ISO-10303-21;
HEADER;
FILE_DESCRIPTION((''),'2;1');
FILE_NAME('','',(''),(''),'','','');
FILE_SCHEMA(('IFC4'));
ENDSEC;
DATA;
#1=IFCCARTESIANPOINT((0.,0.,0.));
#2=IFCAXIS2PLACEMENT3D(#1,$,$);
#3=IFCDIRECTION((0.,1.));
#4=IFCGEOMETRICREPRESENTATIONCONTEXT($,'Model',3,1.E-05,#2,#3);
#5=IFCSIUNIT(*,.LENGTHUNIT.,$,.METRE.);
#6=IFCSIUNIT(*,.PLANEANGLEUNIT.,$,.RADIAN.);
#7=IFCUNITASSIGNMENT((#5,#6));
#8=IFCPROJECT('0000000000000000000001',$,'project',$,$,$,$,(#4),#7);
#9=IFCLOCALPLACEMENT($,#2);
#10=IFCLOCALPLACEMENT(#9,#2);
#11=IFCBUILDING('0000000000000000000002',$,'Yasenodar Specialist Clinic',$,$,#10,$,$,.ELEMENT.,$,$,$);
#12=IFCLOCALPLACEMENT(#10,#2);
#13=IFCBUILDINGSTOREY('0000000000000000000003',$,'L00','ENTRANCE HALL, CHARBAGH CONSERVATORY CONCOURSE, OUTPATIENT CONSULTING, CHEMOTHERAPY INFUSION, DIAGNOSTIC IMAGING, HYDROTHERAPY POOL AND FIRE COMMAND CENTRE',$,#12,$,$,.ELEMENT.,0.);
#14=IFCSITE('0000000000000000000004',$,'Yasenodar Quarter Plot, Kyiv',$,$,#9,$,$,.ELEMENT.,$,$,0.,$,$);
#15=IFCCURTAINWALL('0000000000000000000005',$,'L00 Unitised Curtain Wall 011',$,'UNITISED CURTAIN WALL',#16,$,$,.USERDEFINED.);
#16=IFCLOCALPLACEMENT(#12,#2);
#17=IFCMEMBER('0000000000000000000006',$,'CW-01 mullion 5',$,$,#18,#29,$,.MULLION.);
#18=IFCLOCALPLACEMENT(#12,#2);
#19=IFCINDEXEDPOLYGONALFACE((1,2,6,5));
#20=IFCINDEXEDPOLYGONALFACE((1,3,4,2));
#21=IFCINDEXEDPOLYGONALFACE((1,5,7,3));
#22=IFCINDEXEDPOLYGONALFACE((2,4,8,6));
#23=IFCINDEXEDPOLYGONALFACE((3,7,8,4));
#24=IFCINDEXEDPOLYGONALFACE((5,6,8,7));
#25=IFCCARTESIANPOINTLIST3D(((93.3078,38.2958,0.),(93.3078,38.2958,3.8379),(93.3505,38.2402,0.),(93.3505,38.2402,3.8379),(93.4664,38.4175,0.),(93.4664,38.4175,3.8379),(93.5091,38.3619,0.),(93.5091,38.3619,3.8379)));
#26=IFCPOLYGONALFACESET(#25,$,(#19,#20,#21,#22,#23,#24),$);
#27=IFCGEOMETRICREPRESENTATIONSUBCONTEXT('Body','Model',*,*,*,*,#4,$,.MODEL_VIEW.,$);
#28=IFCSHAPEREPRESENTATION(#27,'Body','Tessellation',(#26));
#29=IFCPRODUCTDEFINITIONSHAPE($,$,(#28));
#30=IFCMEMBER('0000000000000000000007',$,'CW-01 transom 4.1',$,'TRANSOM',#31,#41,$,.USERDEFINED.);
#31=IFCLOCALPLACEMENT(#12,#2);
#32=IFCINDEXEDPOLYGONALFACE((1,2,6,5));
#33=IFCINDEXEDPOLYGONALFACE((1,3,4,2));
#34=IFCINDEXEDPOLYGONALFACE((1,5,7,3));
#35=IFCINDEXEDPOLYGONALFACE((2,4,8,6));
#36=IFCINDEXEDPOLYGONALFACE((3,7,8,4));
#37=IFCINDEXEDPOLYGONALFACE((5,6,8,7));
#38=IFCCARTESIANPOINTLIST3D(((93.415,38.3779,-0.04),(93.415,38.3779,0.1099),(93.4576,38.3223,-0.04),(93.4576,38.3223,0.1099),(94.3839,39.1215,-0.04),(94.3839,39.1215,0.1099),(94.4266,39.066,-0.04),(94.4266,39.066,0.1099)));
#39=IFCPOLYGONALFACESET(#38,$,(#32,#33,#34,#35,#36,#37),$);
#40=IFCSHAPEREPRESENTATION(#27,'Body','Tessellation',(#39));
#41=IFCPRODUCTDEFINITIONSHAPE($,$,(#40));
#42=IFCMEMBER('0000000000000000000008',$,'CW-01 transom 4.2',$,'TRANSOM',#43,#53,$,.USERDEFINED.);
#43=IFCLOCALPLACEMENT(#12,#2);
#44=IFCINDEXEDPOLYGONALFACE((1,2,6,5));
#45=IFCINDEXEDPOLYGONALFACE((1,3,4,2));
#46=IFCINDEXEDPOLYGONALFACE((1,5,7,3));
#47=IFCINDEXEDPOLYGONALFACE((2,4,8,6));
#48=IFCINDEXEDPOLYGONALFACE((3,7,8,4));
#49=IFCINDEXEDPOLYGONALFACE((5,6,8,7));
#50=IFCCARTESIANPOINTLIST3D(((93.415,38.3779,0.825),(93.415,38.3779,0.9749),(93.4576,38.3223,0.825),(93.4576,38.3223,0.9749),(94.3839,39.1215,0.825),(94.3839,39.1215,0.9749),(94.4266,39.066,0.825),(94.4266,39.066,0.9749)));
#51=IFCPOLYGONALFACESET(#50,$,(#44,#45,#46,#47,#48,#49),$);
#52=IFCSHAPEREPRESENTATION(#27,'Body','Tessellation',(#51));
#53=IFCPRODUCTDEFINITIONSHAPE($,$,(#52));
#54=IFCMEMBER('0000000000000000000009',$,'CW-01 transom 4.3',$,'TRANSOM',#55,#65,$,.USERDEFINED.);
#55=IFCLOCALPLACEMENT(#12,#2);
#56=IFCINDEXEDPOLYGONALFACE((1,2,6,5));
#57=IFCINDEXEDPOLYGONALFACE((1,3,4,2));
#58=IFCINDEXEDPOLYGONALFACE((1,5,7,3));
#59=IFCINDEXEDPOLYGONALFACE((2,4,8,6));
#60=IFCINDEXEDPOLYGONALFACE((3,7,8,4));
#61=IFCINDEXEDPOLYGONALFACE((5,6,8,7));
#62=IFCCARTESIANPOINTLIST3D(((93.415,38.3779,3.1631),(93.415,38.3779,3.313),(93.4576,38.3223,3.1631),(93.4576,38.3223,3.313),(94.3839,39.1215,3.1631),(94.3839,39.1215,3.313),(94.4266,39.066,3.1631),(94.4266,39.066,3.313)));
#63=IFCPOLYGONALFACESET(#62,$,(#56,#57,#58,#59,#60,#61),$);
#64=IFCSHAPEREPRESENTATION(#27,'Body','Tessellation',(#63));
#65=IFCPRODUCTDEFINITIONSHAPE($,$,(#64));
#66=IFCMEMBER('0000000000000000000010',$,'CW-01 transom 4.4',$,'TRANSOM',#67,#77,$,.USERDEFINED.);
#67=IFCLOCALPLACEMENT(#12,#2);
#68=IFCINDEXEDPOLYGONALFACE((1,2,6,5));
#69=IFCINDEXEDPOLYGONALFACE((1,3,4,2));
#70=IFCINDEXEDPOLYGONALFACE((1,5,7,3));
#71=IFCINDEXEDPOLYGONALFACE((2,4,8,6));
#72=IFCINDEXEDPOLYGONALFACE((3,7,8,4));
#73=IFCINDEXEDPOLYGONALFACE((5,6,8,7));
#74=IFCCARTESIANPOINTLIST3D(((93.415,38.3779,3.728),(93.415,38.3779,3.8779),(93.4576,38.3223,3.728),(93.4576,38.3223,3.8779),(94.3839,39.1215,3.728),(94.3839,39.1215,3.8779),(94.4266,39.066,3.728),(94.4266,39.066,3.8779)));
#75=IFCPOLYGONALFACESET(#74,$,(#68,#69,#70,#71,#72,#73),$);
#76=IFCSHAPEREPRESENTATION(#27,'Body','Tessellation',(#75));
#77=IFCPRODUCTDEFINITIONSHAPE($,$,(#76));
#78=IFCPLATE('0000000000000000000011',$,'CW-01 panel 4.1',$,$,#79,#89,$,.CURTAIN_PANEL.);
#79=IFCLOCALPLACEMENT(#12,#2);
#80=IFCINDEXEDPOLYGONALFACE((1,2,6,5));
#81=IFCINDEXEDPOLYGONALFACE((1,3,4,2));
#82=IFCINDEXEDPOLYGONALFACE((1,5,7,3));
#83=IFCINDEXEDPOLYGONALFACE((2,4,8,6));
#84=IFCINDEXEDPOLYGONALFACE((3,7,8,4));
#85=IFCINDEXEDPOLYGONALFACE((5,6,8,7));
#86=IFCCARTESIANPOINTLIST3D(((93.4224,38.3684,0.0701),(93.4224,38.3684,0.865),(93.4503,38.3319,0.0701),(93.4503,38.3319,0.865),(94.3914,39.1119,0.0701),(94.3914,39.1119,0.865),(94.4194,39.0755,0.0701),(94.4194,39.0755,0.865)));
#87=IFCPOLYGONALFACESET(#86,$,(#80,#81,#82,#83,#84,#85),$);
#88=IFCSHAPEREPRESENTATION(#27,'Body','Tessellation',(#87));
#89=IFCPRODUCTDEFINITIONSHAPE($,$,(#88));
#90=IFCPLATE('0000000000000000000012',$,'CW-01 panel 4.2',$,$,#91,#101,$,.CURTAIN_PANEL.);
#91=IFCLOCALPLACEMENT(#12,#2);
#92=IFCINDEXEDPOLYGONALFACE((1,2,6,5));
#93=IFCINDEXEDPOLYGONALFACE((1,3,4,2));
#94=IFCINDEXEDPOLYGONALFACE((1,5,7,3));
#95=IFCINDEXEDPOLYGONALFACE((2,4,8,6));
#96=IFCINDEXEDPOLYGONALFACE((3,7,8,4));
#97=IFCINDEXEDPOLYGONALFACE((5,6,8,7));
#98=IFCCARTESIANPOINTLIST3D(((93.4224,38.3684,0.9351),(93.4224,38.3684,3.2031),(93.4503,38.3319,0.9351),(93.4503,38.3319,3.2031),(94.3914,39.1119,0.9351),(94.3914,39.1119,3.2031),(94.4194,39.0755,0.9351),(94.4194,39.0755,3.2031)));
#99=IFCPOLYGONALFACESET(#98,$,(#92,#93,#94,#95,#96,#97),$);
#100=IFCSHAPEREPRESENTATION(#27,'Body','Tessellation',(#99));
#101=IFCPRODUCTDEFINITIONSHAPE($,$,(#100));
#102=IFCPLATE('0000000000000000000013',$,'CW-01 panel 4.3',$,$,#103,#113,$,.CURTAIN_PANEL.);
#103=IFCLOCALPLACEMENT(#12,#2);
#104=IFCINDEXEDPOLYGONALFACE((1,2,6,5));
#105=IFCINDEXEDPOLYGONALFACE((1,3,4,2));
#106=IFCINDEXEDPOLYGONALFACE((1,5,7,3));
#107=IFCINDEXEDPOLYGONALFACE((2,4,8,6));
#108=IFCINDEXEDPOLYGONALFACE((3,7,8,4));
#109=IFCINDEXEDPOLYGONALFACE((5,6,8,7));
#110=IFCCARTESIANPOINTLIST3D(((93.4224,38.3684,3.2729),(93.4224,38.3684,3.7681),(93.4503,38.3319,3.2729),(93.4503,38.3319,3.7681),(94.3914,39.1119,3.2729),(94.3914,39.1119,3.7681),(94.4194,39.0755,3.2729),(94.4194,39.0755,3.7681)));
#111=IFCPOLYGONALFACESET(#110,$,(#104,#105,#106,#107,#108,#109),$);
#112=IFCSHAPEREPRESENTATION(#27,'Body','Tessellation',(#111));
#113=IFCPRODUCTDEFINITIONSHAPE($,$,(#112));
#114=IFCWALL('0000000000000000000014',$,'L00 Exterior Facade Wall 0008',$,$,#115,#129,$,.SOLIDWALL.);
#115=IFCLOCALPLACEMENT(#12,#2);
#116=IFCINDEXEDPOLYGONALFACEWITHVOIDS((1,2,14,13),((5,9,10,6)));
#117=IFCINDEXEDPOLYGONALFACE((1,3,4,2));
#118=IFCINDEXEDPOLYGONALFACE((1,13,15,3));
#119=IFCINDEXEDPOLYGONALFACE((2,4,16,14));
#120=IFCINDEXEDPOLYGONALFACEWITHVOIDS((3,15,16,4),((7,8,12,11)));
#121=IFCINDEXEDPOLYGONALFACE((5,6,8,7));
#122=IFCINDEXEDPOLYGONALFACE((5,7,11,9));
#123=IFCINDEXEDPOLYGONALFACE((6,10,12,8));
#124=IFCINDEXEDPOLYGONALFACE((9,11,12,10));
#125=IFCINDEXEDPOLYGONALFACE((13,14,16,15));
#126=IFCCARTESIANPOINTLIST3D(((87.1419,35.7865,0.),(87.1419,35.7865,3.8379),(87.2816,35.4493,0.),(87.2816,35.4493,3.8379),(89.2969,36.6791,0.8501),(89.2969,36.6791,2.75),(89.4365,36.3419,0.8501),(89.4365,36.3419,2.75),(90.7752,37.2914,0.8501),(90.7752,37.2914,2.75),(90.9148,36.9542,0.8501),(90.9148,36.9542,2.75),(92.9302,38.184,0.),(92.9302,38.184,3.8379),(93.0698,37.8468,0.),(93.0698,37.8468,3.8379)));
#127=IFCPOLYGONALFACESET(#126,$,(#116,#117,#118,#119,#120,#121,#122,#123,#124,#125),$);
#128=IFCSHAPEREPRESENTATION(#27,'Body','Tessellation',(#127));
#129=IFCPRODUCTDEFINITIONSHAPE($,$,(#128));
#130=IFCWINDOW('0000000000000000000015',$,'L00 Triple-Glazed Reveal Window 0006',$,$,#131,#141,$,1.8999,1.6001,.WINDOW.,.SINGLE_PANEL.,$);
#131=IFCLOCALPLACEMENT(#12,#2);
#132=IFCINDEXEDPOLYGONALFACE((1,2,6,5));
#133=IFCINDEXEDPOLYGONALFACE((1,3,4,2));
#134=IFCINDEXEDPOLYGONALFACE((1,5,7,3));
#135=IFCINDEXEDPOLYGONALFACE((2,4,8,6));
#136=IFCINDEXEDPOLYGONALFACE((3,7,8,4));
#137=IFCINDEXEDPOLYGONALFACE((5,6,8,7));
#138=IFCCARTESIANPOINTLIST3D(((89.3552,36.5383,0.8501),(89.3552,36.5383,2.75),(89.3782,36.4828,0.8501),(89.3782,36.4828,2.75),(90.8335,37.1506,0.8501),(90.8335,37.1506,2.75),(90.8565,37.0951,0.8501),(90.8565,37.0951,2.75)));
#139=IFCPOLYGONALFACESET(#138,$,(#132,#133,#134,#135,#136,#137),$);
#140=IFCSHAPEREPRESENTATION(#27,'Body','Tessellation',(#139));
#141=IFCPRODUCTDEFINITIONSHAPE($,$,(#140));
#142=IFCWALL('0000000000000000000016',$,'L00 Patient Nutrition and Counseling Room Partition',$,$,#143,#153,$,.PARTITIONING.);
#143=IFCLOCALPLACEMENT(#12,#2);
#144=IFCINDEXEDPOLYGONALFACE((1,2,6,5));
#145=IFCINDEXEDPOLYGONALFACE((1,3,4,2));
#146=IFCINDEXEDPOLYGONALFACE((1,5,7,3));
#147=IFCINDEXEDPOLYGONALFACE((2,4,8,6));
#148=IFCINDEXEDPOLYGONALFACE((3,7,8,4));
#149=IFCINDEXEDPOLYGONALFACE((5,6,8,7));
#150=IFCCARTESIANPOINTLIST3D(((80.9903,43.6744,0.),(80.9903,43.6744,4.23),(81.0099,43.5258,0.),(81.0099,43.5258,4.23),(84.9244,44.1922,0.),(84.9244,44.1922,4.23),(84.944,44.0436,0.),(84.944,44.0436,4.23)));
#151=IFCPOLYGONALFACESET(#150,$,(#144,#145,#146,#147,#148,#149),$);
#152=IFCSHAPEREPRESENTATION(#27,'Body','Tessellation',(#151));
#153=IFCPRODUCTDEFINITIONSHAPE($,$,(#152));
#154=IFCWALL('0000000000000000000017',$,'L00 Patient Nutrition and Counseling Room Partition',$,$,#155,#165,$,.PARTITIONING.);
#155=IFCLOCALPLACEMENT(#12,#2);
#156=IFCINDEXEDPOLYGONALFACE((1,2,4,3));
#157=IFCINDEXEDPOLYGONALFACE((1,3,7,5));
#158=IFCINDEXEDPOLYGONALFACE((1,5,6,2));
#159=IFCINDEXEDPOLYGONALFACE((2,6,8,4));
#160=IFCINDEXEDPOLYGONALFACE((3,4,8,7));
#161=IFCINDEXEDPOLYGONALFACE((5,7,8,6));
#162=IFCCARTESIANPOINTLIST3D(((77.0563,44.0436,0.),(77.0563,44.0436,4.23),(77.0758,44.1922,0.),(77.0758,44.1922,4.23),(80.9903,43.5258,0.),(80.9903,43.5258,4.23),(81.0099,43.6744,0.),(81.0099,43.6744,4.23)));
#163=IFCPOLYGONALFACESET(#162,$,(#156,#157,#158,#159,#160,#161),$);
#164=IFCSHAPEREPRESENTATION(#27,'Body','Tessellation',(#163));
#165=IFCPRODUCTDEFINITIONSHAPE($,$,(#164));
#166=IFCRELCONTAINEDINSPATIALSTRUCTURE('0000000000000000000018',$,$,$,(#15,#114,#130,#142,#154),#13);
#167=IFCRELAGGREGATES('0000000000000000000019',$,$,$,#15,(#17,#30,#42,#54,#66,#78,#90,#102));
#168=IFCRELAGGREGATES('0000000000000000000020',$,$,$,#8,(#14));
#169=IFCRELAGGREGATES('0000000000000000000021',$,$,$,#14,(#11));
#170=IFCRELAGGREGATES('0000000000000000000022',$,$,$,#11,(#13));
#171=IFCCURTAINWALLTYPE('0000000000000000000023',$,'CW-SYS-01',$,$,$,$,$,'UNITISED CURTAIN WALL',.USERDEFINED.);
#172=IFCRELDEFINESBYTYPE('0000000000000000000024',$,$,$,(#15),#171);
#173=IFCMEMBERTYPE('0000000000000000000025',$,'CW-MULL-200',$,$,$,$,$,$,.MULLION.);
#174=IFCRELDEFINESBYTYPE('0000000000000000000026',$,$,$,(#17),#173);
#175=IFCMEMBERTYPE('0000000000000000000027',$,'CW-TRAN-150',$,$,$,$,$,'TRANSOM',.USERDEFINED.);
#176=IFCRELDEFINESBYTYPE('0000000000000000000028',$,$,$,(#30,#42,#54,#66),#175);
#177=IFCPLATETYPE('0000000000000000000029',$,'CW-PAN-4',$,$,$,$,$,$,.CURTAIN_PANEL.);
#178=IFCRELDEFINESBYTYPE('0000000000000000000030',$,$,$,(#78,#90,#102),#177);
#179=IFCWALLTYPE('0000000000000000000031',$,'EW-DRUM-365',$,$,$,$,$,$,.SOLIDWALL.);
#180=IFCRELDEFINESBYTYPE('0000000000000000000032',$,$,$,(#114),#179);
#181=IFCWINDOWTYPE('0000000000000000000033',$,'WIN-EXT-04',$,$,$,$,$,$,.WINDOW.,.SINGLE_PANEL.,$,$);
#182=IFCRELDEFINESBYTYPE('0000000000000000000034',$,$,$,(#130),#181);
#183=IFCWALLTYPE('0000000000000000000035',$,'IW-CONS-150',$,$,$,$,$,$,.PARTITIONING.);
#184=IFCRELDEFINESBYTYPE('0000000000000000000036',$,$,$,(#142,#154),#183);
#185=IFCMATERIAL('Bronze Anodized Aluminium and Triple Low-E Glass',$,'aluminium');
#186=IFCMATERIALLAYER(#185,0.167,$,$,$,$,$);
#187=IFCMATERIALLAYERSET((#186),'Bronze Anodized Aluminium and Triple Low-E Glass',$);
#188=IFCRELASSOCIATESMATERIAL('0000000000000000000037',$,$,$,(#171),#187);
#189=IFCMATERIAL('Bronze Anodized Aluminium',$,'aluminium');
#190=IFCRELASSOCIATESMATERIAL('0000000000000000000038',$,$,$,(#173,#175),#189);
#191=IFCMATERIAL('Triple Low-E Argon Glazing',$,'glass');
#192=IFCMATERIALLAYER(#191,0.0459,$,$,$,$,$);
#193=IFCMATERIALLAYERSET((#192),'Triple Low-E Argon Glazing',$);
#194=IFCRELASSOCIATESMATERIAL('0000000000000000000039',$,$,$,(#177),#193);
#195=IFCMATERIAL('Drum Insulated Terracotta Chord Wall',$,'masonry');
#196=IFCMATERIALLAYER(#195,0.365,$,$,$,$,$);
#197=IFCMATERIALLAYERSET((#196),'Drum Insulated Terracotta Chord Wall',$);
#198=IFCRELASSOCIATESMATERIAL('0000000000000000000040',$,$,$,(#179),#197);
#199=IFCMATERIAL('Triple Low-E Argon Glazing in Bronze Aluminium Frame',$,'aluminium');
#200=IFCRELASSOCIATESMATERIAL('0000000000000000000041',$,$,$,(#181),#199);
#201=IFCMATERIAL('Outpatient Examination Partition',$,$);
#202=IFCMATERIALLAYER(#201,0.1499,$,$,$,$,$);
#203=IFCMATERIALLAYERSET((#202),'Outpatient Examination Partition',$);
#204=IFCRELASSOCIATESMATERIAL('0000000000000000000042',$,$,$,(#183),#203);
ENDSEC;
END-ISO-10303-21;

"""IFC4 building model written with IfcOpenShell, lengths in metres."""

from ifc_helpers import new_model, si_unit, direction, frame, frame_2d, origin, origin_2d, place, context, subcontext, project, spatial, rectangle, extrude, material, layer, layer_set, material_profile, profile_set, type_object, element, fill, aggregate, save


model = new_model("IFC4")

# Units and contexts
model_context = context("Model", 3, precision=1e-05, world=origin(), true_north=direction((0.0, 1.0)))
body_context = subcontext(model_context, "Body", "Model", "MODEL_VIEW")
ifc_project = project(units=[si_unit("LENGTHUNIT", "METRE"), si_unit("PLANEANGLEUNIT", "RADIAN")], contexts=[model_context])

# Site, building, storey
site_placement = place(None, origin())
site = spatial("IfcSite", under=ifc_project, at=site_placement, Name="Yasenodar Quarter Plot, Kyiv", CompositionType="ELEMENT", RefElevation=0.0)
building_placement = place(site_placement, origin())
building = spatial("IfcBuilding", under=site, at=building_placement, Name="Yasenodar Specialist Clinic", CompositionType="ELEMENT")
storey_placement = place(building_placement, origin())
storey = spatial("IfcBuildingStorey", under=building, at=storey_placement, Name="L00", Description="ENTRANCE HALL, CHARBAGH CONSERVATORY CONCOURSE, OUTPATIENT CONSULTING, CHEMOTHERAPY INFUSION, DIAGNOSTIC IMAGING, HYDROTHERAPY POOL AND FIRE COMMAND CENTRE", CompositionType="ELEMENT", Elevation=0.0)

# Curtain wall, members, plates
ifc_material_1 = material(Name="Bronze Anodized Aluminium and Triple Low-E Glass", Category="aluminium")
ifc_layer_1 = layer(ifc_material_1, 0.167)
ifc_layer_set_1 = layer_set([ifc_layer_1], Name="Bronze Anodized Aluminium and Triple Low-E Glass")
curtain_wall_type = type_object("IfcCurtainWallType", Name="CW-SYS-01", ElementType="UNITISED CURTAIN WALL", PredefinedType="USERDEFINED", material=ifc_layer_set_1)
curtain_wall_placement = place(storey_placement, origin())
curtain_wall = element("IfcCurtainWall", 1, at=curtain_wall_placement, inside=storey, type_object=curtain_wall_type, Name="L00 Unitised Curtain Wall 011", ObjectType="UNITISED CURTAIN WALL", PredefinedType="USERDEFINED")
ifc_material_2 = material(Name="Bronze Anodized Aluminium", Category="aluminium")
ifc_material_profile_1 = material_profile(ifc_material_2, rectangle(XDim=0.0701, YDim=0.2, at=origin_2d()), Name="CW-MULL 70x200")
ifc_profile_set_1 = profile_set([ifc_material_profile_1], Name="Bronze Anodized Aluminium")
member_type_1 = type_object("IfcMemberType", Name="CW-MULL-200", PredefinedType="MULLION", material=ifc_profile_set_1)
member_1_placement = place(storey_placement, frame((93.4084, 38.3289, 0.0), z_axis=(0.0, 0.0, 1.0), x_axis=(0.608752, -0.793361, 0.0)))
member_1 = element("IfcMember", 2, at=member_1_placement, type_object=member_type_1, Name="CW-01 mullion 5", PredefinedType="MULLION", context=body_context, shape_type="SweptSolid", body=[
    extrude(rectangle(XDim=0.0701, YDim=0.2, at=origin_2d()), origin(), (0.0, 0.0, 1.0), 3.8379),
])
ifc_material_profile_2 = material_profile(ifc_material_2, rectangle(XDim=0.0701, YDim=0.1499, at=origin_2d()), Name="CW-TRAN 70x150")
ifc_profile_set_2 = profile_set([ifc_material_profile_2], Name="Bronze Anodized Aluminium")
member_type_2 = type_object("IfcMemberType", Name="CW-TRAN-150", ElementType="TRANSOM", PredefinedType="USERDEFINED", material=ifc_profile_set_2)
member_2_placement = place(storey_placement, frame((94.4053, 39.0938, 0.0349), z_axis=(-0.793307, -0.608822, 0.0), x_axis=(0.608822, -0.793307, 0.0)))
member_2 = element("IfcMember", 3, at=member_2_placement, type_object=member_type_2, Name="CW-01 transom 4.1", ObjectType="TRANSOM", PredefinedType="USERDEFINED", context=body_context, shape_type="SweptSolid", body=[
    extrude(rectangle(XDim=0.0701, YDim=0.1499, at=origin_2d()), origin(), (0.0, 0.0, 1.0), 1.2214),
])
member_3_placement = place(storey_placement, frame((94.4053, 39.0938, 0.8999), z_axis=(-0.793307, -0.608822, 0.0), x_axis=(0.608822, -0.793307, 0.0)))
member_3 = element("IfcMember", 4, at=member_3_placement, type_object=member_type_2, Name="CW-01 transom 4.2", ObjectType="TRANSOM", PredefinedType="USERDEFINED", context=body_context, shape_type="SweptSolid", body=[
    extrude(rectangle(XDim=0.0701, YDim=0.1499, at=origin_2d()), origin(), (0.0, 0.0, 1.0), 1.2214),
])
member_4_placement = place(storey_placement, frame((94.4053, 39.0938, 3.238), z_axis=(-0.793307, -0.608822, 0.0), x_axis=(0.608822, -0.793307, 0.0)))
member_4 = element("IfcMember", 5, at=member_4_placement, type_object=member_type_2, Name="CW-01 transom 4.3", ObjectType="TRANSOM", PredefinedType="USERDEFINED", context=body_context, shape_type="SweptSolid", body=[
    extrude(rectangle(XDim=0.0701, YDim=0.1499, at=origin_2d()), origin(), (0.0, 0.0, 1.0), 1.2214),
])
member_5_placement = place(storey_placement, frame((94.4053, 39.0938, 3.803), z_axis=(-0.793307, -0.608822, 0.0), x_axis=(0.608822, -0.793307, 0.0)))
member_5 = element("IfcMember", 6, at=member_5_placement, type_object=member_type_2, Name="CW-01 transom 4.4", ObjectType="TRANSOM", PredefinedType="USERDEFINED", context=body_context, shape_type="SweptSolid", body=[
    extrude(rectangle(XDim=0.0701, YDim=0.1499, at=origin_2d()), origin(), (0.0, 0.0, 1.0), 1.2214),
])
ifc_material_3 = material(Name="Triple Low-E Argon Glazing", Category="glass")
ifc_layer_2 = layer(ifc_material_3, 0.0459)
ifc_layer_set_2 = layer_set([ifc_layer_2], Name="Triple Low-E Argon Glazing")
plate_type = type_object("IfcPlateType", Name="CW-PAN-4", PredefinedType="CURTAIN_PANEL", material=ifc_layer_set_2)
plate_1_placement = place(storey_placement, frame((93.9209, 38.7219, 0.0701), z_axis=(0.0, 0.0, 1.0), x_axis=(-0.793361, -0.608752, 0.0)))
plate_1 = element("IfcPlate", 7, at=plate_1_placement, type_object=plate_type, Name="CW-01 panel 4.1", PredefinedType="CURTAIN_PANEL", context=body_context, shape_type="SweptSolid", body=[
    extrude(rectangle(XDim=1.2214, YDim=0.0459, at=origin_2d()), origin(), (0.0, 0.0, 1.0), 0.7949),
])
plate_2_placement = place(storey_placement, frame((93.9209, 38.7219, 0.9351), z_axis=(0.0, 0.0, 1.0), x_axis=(-0.793361, -0.608752, 0.0)))
plate_2 = element("IfcPlate", 8, at=plate_2_placement, type_object=plate_type, Name="CW-01 panel 4.2", PredefinedType="CURTAIN_PANEL", context=body_context, shape_type="SweptSolid", body=[
    extrude(rectangle(XDim=1.2214, YDim=0.0459, at=origin_2d()), origin(), (0.0, 0.0, 1.0), 2.2681),
])
plate_3_placement = place(storey_placement, frame((93.9209, 38.7219, 3.2729), z_axis=(0.0, 0.0, 1.0), x_axis=(-0.793361, -0.608752, 0.0)))
plate_3 = element("IfcPlate", 9, at=plate_3_placement, type_object=plate_type, Name="CW-01 panel 4.3", PredefinedType="CURTAIN_PANEL", context=body_context, shape_type="SweptSolid", body=[
    extrude(rectangle(XDim=1.2214, YDim=0.0459, at=origin_2d()), origin(), (0.0, 0.0, 1.0), 0.4951),
])
aggregate(curtain_wall, [member_1, member_2, member_3, member_4, member_5, plate_1, plate_2, plate_3])

# Shared definitions
ifc_material_4 = material(Name="Drum Insulated Terracotta Chord Wall", Category="masonry")
ifc_layer_3 = layer(ifc_material_4, 0.365)
ifc_layer_set_3 = layer_set([ifc_layer_3], Name="Drum Insulated Terracotta Chord Wall")
wall_type_1 = type_object("IfcWallType", Name="EW-DRUM-365", PredefinedType="SOLIDWALL", material=ifc_layer_set_3)

# Wall, opening, window
wall_1_placement = place(storey_placement, frame((93.0, 38.0154, 0.0), z_axis=(0.0, 0.0, 1.0), x_axis=(-0.923888, -0.382664, 0.0)))
wall_1 = element("IfcWall", 10, at=wall_1_placement, inside=storey, type_object=wall_type_1, Name="L00 Exterior Facade Wall 0008", PredefinedType="SOLIDWALL", context=body_context, shape_type="SweptSolid", body=[
    extrude(rectangle(XDim=6.2651, YDim=0.365, at=frame_2d((3.1326, 0.0))), origin(), (0.0, 0.0, 1.0), 3.8379),
])
opening_1_placement = place(wall_1_placement, frame((2.3325, 0.0, 0.8501)))
opening_1 = element("IfcOpeningElement", 11, at=opening_1_placement, cuts=wall_1, PredefinedType="OPENING", context=body_context, shape_type="SweptSolid", body=[
    extrude(rectangle(XDim=1.6001, YDim=1.8999, at=frame_2d((0.8, 0.95))), frame((0.0, 0.1924, 0.0), z_axis=(0.0, -1.0, 0.0), x_axis=(1.0, 0.0, 0.0)), (0.0, 0.0, 1.0), 0.385),
])
ifc_material_5 = material(Name="Triple Low-E Argon Glazing in Bronze Aluminium Frame", Category="aluminium")
window_type = type_object("IfcWindowType", Name="WIN-EXT-04", PartitioningType="SINGLE_PANEL", PredefinedType="WINDOW", material=ifc_material_5)
window_placement = place(opening_1_placement, origin())
window = element("IfcWindow", 12, at=window_placement, inside=storey, type_object=window_type, Name="L00 Triple-Glazed Reveal Window 0006", OverallHeight=1.8999, OverallWidth=1.6001, PartitioningType="SINGLE_PANEL", PredefinedType="WINDOW", context=body_context, shape_type="SweptSolid", body=[
    extrude(rectangle(XDim=1.6001, YDim=1.8999, at=frame_2d((0.8, 0.95))), frame((0.0, 0.03, 0.0), z_axis=(0.0, -1.0, 0.0), x_axis=(1.0, 0.0, 0.0)), (0.0, 0.0, 1.0), 0.0601),
])
fill(opening_1, window)

# Walls
ifc_material_6 = material(Name="Outpatient Examination Partition")
ifc_layer_4 = layer(ifc_material_6, 0.1499)
ifc_layer_set_4 = layer_set([ifc_layer_4], Name="Outpatient Examination Partition")
wall_type_2 = type_object("IfcWallType", Name="IW-CONS-150", PredefinedType="PARTITIONING", material=ifc_layer_set_4)
for number, where, z_axis, x_axis, name in (
    (13, (84.9341, 44.1179, 0.0), (0.0, 0.0, 1.0), (-0.991448, -0.130499, 0.0), "L00 Patient Nutrition and Counseling Room Partition"),
    (14, (81.0, 43.6001, 0.0), (0.0, 0.0, 1.0), (-0.991448, 0.130499, 0.0), "L00 Patient Nutrition and Counseling Room Partition"),
):
    element("IfcWall", number, at=place(storey_placement, frame(where, z_axis=z_axis, x_axis=x_axis)), inside=storey, type_object=wall_type_2, Name=name, PredefinedType="PARTITIONING", context=body_context, shape_type="SweptSolid", body=[
        extrude(rectangle(XDim=3.968, YDim=0.1499, at=frame_2d((1.9839, 0.0))), origin(), (0.0, 0.0, 1.0), 4.23),
    ])

save(model, "model.ifc")
